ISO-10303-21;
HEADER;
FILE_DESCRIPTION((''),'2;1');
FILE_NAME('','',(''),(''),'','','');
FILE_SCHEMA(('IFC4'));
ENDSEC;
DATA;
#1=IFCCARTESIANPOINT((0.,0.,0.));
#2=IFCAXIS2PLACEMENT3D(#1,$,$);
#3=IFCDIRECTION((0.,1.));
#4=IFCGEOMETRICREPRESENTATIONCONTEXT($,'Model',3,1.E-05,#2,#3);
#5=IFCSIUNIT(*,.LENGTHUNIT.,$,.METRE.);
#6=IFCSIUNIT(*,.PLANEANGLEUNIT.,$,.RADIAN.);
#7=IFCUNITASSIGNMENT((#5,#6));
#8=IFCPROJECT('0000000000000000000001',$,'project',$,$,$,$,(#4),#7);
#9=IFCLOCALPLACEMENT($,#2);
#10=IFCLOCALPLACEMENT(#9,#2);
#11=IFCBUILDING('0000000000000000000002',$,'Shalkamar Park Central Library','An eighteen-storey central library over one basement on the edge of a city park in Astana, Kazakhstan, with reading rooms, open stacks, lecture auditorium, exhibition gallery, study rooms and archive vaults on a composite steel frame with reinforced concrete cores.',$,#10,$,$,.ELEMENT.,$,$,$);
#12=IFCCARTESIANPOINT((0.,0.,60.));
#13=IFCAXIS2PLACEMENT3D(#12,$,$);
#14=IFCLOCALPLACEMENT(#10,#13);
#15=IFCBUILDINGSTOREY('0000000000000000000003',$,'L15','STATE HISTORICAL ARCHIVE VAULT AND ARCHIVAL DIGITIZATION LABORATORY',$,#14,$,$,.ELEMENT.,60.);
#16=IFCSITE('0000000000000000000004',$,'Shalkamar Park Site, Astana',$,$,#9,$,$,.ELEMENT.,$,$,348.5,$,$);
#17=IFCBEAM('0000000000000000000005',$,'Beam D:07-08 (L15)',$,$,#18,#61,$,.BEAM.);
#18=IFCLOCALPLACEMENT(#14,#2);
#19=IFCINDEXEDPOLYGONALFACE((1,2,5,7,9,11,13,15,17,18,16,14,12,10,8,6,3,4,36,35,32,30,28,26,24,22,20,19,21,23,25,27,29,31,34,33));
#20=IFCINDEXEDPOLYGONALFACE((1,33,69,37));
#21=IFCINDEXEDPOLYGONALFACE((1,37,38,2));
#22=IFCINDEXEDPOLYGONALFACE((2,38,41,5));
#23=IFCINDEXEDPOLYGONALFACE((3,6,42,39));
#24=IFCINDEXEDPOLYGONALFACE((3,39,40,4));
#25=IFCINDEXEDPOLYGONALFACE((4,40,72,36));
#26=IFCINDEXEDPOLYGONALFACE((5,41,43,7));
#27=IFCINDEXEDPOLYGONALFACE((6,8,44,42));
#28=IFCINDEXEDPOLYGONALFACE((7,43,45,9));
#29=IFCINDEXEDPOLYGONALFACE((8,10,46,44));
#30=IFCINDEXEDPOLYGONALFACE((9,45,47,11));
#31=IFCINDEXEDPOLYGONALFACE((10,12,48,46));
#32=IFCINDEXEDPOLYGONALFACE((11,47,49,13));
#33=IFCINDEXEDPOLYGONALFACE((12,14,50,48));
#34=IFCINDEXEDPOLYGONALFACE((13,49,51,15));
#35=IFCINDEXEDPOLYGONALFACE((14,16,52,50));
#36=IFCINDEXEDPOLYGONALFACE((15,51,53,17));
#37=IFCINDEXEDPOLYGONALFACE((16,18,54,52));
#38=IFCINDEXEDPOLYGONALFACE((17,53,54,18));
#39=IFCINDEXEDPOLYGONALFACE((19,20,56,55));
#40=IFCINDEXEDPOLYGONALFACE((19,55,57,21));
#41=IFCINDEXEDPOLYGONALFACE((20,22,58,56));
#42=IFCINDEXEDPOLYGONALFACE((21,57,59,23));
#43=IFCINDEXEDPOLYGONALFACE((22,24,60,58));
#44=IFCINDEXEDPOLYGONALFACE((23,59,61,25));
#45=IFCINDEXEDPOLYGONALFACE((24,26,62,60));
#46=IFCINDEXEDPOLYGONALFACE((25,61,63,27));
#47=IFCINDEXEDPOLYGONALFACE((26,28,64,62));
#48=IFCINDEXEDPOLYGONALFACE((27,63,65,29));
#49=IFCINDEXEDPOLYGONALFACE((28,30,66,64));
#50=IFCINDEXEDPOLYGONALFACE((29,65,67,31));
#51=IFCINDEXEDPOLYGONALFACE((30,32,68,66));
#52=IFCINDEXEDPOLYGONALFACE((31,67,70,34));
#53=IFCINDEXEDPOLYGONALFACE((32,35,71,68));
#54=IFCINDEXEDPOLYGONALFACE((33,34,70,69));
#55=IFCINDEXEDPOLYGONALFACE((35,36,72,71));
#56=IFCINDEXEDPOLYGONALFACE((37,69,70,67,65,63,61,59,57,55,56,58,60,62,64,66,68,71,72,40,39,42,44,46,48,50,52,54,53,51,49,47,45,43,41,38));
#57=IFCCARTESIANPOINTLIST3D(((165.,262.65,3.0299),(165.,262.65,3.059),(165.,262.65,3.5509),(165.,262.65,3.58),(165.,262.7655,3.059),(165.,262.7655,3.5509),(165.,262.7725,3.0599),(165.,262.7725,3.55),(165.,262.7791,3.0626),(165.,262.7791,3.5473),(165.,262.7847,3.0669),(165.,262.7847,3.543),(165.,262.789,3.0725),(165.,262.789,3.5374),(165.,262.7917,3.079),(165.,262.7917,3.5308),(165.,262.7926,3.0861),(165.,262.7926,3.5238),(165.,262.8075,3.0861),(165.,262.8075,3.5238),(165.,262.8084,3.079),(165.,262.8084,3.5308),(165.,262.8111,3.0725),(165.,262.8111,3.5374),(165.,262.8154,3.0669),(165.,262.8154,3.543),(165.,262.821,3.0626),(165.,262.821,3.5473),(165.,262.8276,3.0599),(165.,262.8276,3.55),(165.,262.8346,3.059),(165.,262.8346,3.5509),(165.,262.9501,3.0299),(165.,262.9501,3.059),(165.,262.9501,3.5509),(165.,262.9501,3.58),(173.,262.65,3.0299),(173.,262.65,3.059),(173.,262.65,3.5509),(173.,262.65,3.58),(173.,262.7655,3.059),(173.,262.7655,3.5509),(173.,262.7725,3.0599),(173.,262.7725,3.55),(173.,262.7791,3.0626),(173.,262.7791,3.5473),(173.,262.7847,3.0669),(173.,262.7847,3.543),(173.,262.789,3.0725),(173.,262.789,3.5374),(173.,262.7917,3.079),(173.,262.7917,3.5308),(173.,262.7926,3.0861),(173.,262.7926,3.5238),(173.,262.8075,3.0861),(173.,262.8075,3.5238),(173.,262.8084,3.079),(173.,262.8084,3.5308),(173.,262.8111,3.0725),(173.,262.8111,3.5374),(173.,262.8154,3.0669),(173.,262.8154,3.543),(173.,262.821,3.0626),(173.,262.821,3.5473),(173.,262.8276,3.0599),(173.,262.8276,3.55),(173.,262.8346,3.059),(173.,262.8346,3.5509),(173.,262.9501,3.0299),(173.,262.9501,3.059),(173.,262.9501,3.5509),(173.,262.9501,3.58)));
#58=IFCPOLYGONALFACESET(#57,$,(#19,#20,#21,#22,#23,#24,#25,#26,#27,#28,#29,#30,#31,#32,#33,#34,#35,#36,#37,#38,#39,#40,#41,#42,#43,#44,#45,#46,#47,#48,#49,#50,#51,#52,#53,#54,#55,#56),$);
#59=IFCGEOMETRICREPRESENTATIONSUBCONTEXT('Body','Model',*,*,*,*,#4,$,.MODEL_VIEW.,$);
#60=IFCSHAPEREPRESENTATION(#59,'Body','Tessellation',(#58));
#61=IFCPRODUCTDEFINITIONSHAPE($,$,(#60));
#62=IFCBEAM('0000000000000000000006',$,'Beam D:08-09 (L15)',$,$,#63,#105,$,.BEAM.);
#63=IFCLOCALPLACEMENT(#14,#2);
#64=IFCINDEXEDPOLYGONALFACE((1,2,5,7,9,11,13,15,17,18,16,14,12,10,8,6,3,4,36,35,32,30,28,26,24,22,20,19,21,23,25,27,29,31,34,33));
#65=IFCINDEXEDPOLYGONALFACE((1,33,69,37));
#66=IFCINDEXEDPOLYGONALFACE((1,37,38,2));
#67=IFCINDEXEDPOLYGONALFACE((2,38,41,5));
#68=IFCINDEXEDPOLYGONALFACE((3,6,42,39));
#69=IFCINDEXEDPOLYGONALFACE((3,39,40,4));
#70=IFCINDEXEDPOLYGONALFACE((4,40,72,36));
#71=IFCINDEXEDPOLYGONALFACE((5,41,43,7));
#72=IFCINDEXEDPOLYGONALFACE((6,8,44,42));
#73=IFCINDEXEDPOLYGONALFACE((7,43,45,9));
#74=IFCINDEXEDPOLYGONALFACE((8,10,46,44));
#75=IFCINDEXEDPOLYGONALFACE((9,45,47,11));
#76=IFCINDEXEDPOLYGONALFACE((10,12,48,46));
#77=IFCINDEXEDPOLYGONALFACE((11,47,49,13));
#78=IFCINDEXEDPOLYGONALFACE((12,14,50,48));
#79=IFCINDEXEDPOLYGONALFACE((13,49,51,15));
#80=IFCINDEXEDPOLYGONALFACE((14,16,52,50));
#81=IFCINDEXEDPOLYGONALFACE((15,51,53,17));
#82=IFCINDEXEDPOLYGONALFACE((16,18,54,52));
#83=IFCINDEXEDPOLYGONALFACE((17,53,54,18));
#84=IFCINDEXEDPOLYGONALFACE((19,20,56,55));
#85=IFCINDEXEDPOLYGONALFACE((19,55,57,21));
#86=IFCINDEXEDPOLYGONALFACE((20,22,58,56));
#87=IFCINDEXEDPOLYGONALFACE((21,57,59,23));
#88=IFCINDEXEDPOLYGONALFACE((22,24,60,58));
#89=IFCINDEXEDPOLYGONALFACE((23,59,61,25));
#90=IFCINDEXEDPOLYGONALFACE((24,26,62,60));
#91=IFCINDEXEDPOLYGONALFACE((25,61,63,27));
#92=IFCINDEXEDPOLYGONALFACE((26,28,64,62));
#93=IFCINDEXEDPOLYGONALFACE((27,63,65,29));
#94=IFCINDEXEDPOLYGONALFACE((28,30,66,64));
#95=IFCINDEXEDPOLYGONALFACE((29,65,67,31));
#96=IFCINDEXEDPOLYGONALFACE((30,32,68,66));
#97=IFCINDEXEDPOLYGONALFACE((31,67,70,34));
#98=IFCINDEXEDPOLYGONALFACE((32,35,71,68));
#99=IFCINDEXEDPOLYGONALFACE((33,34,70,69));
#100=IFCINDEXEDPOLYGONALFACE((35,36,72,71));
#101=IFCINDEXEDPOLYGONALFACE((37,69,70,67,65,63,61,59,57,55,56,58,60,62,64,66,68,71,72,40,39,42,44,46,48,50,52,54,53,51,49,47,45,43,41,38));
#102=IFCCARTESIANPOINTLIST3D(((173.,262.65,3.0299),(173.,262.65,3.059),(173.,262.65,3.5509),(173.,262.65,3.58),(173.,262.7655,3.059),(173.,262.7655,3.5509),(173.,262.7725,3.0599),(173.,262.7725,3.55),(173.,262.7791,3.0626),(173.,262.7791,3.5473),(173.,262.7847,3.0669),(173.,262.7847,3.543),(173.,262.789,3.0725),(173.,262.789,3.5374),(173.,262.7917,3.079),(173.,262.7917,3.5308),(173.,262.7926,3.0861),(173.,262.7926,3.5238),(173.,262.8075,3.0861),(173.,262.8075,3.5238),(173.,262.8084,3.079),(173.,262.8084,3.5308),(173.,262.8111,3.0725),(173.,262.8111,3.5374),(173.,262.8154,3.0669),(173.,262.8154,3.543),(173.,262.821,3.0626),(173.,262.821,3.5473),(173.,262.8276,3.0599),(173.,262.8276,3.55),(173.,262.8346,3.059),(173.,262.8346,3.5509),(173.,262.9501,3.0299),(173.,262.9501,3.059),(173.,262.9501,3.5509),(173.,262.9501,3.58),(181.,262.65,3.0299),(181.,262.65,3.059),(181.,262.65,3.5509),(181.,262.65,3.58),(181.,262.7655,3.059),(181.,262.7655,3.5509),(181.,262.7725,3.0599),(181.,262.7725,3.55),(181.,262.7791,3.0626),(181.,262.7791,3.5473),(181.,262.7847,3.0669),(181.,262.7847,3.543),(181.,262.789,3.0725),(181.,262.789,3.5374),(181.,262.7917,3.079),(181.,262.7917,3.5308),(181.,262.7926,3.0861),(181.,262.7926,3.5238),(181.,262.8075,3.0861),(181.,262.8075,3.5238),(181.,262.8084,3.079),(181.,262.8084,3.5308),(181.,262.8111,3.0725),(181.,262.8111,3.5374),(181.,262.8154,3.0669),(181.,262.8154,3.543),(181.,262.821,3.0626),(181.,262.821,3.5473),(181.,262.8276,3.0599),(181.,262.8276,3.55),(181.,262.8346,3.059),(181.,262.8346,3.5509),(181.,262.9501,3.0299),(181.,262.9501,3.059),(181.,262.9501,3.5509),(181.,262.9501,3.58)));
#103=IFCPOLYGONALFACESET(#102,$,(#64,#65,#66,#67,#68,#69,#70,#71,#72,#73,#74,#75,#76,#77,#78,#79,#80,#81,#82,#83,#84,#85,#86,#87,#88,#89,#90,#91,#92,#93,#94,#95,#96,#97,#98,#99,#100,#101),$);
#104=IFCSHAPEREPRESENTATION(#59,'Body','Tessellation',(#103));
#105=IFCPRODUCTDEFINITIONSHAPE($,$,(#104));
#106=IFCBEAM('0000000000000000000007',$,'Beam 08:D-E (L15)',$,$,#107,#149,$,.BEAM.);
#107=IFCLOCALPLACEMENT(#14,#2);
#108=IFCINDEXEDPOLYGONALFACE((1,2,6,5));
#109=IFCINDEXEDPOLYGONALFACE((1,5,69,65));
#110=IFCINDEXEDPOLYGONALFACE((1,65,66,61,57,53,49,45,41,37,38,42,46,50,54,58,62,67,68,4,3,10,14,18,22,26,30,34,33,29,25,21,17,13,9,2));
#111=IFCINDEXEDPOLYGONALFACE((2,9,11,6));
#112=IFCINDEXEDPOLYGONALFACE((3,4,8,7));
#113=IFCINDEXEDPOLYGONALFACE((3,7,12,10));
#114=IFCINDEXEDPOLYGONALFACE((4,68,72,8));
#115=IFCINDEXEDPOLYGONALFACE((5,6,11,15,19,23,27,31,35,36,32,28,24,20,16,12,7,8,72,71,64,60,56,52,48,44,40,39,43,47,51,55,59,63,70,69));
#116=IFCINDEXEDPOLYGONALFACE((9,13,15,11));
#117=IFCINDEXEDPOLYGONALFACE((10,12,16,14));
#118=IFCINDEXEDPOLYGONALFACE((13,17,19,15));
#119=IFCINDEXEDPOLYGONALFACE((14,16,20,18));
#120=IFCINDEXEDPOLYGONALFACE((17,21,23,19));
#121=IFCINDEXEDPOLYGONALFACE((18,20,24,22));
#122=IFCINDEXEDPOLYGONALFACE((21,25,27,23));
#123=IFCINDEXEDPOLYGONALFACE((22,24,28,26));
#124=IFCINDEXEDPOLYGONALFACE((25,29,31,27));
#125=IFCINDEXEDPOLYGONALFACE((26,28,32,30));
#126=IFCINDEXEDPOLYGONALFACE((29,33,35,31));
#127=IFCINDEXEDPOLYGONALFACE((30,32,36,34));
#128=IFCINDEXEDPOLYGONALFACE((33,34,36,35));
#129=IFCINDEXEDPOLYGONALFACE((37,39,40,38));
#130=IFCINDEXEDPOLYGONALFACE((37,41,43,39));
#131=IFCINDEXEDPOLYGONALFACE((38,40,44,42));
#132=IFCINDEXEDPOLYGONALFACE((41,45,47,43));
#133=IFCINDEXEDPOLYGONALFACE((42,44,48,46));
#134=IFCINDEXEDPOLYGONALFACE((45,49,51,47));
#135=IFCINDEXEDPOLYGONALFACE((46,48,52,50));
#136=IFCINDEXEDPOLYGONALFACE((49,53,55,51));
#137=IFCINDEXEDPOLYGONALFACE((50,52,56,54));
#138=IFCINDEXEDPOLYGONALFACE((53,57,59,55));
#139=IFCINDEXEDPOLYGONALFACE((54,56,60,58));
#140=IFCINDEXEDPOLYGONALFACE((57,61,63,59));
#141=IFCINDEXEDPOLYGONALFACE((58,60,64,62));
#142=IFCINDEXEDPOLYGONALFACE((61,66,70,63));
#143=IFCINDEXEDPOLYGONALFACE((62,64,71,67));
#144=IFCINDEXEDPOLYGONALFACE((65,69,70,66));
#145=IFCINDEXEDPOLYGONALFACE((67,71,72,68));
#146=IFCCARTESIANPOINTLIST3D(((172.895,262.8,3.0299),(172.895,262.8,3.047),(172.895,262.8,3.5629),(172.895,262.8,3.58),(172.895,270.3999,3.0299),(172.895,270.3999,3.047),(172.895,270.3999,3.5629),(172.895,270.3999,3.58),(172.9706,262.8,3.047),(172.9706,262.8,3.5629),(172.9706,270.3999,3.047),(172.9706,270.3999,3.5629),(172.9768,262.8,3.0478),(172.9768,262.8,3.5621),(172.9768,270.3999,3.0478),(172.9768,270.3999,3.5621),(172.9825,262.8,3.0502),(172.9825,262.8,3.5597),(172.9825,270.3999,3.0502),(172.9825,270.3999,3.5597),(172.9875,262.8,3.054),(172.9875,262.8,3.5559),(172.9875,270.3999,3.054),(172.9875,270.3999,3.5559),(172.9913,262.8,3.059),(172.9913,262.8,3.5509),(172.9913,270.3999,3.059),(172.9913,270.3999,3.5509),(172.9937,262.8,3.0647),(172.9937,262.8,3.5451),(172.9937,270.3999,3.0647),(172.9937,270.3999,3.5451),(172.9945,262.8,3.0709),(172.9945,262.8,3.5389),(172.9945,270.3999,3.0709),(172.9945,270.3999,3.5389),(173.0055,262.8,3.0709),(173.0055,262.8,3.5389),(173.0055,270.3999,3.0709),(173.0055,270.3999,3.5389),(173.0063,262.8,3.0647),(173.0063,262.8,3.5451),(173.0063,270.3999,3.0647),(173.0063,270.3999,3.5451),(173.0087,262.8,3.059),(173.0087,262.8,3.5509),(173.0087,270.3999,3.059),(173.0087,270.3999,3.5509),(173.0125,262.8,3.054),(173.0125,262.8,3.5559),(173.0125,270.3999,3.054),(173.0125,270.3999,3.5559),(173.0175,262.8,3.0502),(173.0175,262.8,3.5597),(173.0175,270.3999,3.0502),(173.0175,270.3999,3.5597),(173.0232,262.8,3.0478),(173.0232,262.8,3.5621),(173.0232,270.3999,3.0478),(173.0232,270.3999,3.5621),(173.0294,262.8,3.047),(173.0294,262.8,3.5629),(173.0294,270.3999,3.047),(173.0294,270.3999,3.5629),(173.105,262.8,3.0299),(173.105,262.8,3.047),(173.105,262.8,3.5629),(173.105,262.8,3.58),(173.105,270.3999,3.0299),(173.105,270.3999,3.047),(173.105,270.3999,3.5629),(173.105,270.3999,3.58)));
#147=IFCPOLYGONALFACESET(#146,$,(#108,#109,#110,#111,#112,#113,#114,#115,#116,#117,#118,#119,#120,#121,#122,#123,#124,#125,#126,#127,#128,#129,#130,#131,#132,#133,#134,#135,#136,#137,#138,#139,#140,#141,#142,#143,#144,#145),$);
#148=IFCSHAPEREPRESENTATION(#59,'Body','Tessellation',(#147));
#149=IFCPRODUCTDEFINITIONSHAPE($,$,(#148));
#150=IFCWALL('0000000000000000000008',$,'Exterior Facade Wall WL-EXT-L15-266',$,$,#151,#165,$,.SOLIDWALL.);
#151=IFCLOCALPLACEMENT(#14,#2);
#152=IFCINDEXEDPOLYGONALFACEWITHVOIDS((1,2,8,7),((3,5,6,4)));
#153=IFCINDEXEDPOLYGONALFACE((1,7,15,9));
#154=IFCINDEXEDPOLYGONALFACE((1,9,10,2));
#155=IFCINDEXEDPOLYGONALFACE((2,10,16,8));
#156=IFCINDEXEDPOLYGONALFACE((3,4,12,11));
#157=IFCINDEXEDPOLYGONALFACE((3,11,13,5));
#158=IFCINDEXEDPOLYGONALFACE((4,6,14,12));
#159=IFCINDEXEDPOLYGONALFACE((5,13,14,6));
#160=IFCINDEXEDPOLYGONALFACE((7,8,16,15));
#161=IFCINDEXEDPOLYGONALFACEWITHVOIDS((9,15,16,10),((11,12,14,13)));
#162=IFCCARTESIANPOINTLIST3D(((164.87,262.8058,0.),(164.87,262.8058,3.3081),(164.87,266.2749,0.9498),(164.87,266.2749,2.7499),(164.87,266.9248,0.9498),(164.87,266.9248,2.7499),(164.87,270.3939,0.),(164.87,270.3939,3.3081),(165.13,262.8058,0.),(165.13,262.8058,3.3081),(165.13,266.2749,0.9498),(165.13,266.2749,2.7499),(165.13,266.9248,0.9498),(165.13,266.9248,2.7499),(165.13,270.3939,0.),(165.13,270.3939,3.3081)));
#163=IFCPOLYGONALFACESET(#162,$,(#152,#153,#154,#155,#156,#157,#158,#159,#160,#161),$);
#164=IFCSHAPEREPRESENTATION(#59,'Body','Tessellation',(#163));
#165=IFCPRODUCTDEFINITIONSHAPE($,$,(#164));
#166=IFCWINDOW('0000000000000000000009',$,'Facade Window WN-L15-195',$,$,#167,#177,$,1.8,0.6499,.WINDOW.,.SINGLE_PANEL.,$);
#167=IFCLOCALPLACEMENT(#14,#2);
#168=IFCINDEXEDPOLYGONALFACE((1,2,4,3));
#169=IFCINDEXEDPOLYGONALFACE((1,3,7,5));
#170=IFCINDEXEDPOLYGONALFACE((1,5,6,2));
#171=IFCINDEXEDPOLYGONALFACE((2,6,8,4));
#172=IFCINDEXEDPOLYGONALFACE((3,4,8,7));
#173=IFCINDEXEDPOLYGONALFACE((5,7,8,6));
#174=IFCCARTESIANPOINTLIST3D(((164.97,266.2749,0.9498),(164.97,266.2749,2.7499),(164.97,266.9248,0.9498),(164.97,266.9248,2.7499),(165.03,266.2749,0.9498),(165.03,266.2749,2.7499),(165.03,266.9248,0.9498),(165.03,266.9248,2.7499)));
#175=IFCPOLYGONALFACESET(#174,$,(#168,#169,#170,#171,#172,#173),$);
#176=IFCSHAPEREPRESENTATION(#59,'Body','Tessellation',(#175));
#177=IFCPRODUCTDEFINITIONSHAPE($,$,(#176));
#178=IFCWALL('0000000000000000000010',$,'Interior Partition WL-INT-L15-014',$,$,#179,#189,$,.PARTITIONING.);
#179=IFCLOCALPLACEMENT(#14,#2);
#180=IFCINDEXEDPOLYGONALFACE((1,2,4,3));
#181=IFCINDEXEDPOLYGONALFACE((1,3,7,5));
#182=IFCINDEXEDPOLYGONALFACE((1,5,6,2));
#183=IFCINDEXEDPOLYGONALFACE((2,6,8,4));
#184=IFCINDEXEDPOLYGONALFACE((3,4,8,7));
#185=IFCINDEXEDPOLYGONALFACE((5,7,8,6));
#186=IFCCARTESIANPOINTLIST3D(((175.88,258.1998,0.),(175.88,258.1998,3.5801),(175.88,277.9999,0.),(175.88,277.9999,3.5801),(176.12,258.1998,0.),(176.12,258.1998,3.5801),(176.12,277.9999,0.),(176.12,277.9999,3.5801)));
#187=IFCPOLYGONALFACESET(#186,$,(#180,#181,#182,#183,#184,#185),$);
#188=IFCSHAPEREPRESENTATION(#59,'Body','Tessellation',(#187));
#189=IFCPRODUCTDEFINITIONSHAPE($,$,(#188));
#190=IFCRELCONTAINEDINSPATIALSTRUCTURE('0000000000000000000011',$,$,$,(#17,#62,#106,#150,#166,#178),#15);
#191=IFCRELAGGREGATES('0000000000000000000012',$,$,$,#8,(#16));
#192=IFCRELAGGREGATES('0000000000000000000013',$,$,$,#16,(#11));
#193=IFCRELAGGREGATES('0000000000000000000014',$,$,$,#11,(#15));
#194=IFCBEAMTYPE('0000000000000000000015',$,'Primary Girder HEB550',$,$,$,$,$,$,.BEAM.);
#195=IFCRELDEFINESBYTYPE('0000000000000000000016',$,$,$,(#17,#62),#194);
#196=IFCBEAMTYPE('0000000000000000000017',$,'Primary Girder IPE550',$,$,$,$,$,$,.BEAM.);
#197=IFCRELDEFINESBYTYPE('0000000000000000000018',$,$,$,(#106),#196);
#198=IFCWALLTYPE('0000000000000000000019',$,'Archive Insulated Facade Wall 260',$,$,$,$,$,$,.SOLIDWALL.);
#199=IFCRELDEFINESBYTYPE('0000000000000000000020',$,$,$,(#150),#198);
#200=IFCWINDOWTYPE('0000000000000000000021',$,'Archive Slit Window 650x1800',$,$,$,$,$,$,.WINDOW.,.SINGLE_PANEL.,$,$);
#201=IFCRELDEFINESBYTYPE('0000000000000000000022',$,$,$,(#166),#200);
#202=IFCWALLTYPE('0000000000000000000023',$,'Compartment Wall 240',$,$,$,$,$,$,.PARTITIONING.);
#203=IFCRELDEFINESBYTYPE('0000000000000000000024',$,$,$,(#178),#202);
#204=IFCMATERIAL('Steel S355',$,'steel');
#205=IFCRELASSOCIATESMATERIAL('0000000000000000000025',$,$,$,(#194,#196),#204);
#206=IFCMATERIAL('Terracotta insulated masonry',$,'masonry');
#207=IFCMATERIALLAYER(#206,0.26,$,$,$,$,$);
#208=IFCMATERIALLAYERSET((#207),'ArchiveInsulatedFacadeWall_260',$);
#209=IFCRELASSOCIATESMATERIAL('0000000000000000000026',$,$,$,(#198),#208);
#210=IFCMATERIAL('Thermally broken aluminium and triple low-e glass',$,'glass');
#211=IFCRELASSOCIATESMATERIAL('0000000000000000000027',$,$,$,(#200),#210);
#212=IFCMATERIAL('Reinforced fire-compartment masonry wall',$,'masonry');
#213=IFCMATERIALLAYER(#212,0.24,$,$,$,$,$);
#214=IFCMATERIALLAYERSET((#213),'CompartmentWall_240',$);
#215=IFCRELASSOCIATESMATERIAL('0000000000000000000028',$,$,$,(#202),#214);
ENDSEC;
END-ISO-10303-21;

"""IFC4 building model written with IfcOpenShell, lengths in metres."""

from ifc_helpers import new_model, si_unit, direction, frame, frame_2d, origin, origin_2d, place, context, subcontext, project, spatial, rectangle, i_section, extrude, material, layer, layer_set, material_profile, profile_set, type_object, element, fill, save


model = new_model("IFC4")

# Units and contexts
model_context = context("Model", 3, precision=1e-05, world=origin(), true_north=direction((0.0, 1.0)))
body_context = subcontext(model_context, "Body", "Model", "MODEL_VIEW")
ifc_project = project(units=[si_unit("LENGTHUNIT", "METRE"), si_unit("PLANEANGLEUNIT", "RADIAN")], contexts=[model_context])

# Site, building, storey
site_placement = place(None, origin())
site = spatial("IfcSite", under=ifc_project, at=site_placement, Name="Shalkamar Park Site, Astana", CompositionType="ELEMENT", RefElevation=348.5)
building_placement = place(site_placement, origin())
building = spatial("IfcBuilding", under=site, at=building_placement, Name="Shalkamar Park Central Library", Description="An eighteen-storey central library over one basement on the edge of a city park in Astana, Kazakhstan, with reading rooms, open stacks, lecture auditorium, exhibition gallery, study rooms and archive vaults on a composite steel frame with reinforced concrete cores.", CompositionType="ELEMENT")
storey_placement = place(building_placement, frame((0.0, 0.0, 60.0)))
storey = spatial("IfcBuildingStorey", under=building, at=storey_placement, Name="L15", Description="STATE HISTORICAL ARCHIVE VAULT AND ARCHIVAL DIGITIZATION LABORATORY", CompositionType="ELEMENT", Elevation=60.0)

# Shared definitions
ifc_material_1 = material(Name="Steel S355", Category="steel")

# Beams
ifc_material_profile_1 = material_profile(ifc_material_1, i_section(OverallWidth=0.3, OverallDepth=0.55, WebThickness=0.0149, FlangeThickness=0.0291, FilletRadius=0.0271, at=origin_2d()), Name="HEB 550")
ifc_profile_set_1 = profile_set([ifc_material_profile_1], Name="Steel S355")
beam_type_1 = type_object("IfcBeamType", Name="Primary Girder HEB550", PredefinedType="BEAM", material=ifc_profile_set_1)
for number, where, z_axis, x_axis, name in (
    (1, (165.0, 262.8, 3.3049), (1.0, 0.0, 0.0), (0.0, 1.0, 0.0), "Beam D:07-08 (L15)"),
    (2, (173.0, 262.8, 3.3049), (1.0, 0.0, 0.0), (0.0, 1.0, 0.0), "Beam D:08-09 (L15)"),
):
    element("IfcBeam", number, at=place(storey_placement, frame(where, z_axis=z_axis, x_axis=x_axis)), inside=storey, type_object=beam_type_1, Name=name, PredefinedType="BEAM", context=body_context, shape_type="SweptSolid", body=[
        extrude(i_section(OverallWidth=0.3, OverallDepth=0.55, WebThickness=0.0149, FlangeThickness=0.0291, FilletRadius=0.0271, at=origin_2d()), origin(), (0.0, 0.0, 1.0), 8.0),
    ])
ifc_material_profile_2 = material_profile(ifc_material_1, i_section(OverallWidth=0.21, OverallDepth=0.55, WebThickness=0.011, FlangeThickness=0.0171, FilletRadius=0.0239, at=origin_2d()), Name="IPE 550")
ifc_profile_set_2 = profile_set([ifc_material_profile_2], Name="Steel S355")
beam_type_2 = type_object("IfcBeamType", Name="Primary Girder IPE550", PredefinedType="BEAM", material=ifc_profile_set_2)
beam_1_placement = place(storey_placement, frame((173.0, 262.8, 3.3049), z_axis=(0.0, 1.0, 0.0), x_axis=(-1.0, 0.0, 0.0)))
element("IfcBeam", 3, at=beam_1_placement, inside=storey, type_object=beam_type_2, Name="Beam 08:D-E (L15)", PredefinedType="BEAM", context=body_context, shape_type="SweptSolid", body=[
    extrude(i_section(OverallWidth=0.21, OverallDepth=0.55, WebThickness=0.011, FlangeThickness=0.0171, FilletRadius=0.0239, at=origin_2d()), origin(), (0.0, 0.0, 1.0), 7.5999),
])

# Wall, opening, window
ifc_material_2 = material(Name="Terracotta insulated masonry", Category="masonry")
ifc_layer_1 = layer(ifc_material_2, 0.26)
ifc_layer_set_1 = layer_set([ifc_layer_1], Name="ArchiveInsulatedFacadeWall_260")
wall_type_1 = type_object("IfcWallType", Name="Archive Insulated Facade Wall 260", PredefinedType="SOLIDWALL", material=ifc_layer_set_1)
wall_1_placement = place(storey_placement, frame((165.0, 262.8059, 0.0), z_axis=(0.0, 0.0, 1.0), x_axis=(0.0, 1.0, 0.0)))
wall_1 = element("IfcWall", 4, at=wall_1_placement, inside=storey, type_object=wall_type_1, Name="Exterior Facade Wall WL-EXT-L15-266", PredefinedType="SOLIDWALL", context=body_context, shape_type="SweptSolid", body=[
    extrude(rectangle(XDim=7.5881, YDim=0.26, at=frame_2d((3.7939, 0.0))), origin(), (0.0, 0.0, 1.0), 3.3081),
])
opening_1_placement = place(wall_1_placement, frame((3.469, 0.0, 0.95)))
opening_1 = element("IfcOpeningElement", 5, at=opening_1_placement, cuts=wall_1, PredefinedType="OPENING", context=body_context, shape_type="SweptSolid", body=[
    extrude(rectangle(XDim=0.6499, YDim=1.8, at=frame_2d((0.325, 0.8999))), frame((0.0, 0.145, 0.0), z_axis=(0.0, -1.0, 0.0), x_axis=(1.0, 0.0, 0.0)), (0.0, 0.0, 1.0), 0.2898),
])
ifc_material_3 = material(Name="Thermally broken aluminium and triple low-e glass", Category="glass")
window_type = type_object("IfcWindowType", Name="Archive Slit Window 650x1800", PartitioningType="SINGLE_PANEL", PredefinedType="WINDOW", material=ifc_material_3)
window_placement = place(opening_1_placement, origin())
window = element("IfcWindow", 6, at=window_placement, inside=storey, type_object=window_type, Name="Facade Window WN-L15-195", OverallHeight=1.8, OverallWidth=0.6499, PartitioningType="SINGLE_PANEL", PredefinedType="WINDOW", context=body_context, shape_type="SweptSolid", body=[
    extrude(rectangle(XDim=0.6499, YDim=1.8, at=frame_2d((0.325, 0.8999))), frame((0.0, 0.03, 0.0), z_axis=(0.0, -1.0, 0.0), x_axis=(1.0, 0.0, 0.0)), (0.0, 0.0, 1.0), 0.0601),
])
fill(opening_1, window)

# Wall
ifc_material_4 = material(Name="Reinforced fire-compartment masonry wall", Category="masonry")
ifc_layer_2 = layer(ifc_material_4, 0.24)
ifc_layer_set_2 = layer_set([ifc_layer_2], Name="CompartmentWall_240")
wall_type_2 = type_object("IfcWallType", Name="Compartment Wall 240", PredefinedType="PARTITIONING", material=ifc_layer_set_2)
wall_2_placement = place(storey_placement, frame((176.0, 258.2, 0.0), z_axis=(0.0, 0.0, 1.0), x_axis=(0.0, 1.0, 0.0)))
element("IfcWall", 7, at=wall_2_placement, inside=storey, type_object=wall_type_2, Name="Interior Partition WL-INT-L15-014", PredefinedType="PARTITIONING", context=body_context, shape_type="SweptSolid", body=[
    extrude(rectangle(XDim=19.8, YDim=0.24, at=frame_2d((9.8999, 0.0))), origin(), (0.0, 0.0, 1.0), 3.5801),
])

save(model, "model.ifc")
